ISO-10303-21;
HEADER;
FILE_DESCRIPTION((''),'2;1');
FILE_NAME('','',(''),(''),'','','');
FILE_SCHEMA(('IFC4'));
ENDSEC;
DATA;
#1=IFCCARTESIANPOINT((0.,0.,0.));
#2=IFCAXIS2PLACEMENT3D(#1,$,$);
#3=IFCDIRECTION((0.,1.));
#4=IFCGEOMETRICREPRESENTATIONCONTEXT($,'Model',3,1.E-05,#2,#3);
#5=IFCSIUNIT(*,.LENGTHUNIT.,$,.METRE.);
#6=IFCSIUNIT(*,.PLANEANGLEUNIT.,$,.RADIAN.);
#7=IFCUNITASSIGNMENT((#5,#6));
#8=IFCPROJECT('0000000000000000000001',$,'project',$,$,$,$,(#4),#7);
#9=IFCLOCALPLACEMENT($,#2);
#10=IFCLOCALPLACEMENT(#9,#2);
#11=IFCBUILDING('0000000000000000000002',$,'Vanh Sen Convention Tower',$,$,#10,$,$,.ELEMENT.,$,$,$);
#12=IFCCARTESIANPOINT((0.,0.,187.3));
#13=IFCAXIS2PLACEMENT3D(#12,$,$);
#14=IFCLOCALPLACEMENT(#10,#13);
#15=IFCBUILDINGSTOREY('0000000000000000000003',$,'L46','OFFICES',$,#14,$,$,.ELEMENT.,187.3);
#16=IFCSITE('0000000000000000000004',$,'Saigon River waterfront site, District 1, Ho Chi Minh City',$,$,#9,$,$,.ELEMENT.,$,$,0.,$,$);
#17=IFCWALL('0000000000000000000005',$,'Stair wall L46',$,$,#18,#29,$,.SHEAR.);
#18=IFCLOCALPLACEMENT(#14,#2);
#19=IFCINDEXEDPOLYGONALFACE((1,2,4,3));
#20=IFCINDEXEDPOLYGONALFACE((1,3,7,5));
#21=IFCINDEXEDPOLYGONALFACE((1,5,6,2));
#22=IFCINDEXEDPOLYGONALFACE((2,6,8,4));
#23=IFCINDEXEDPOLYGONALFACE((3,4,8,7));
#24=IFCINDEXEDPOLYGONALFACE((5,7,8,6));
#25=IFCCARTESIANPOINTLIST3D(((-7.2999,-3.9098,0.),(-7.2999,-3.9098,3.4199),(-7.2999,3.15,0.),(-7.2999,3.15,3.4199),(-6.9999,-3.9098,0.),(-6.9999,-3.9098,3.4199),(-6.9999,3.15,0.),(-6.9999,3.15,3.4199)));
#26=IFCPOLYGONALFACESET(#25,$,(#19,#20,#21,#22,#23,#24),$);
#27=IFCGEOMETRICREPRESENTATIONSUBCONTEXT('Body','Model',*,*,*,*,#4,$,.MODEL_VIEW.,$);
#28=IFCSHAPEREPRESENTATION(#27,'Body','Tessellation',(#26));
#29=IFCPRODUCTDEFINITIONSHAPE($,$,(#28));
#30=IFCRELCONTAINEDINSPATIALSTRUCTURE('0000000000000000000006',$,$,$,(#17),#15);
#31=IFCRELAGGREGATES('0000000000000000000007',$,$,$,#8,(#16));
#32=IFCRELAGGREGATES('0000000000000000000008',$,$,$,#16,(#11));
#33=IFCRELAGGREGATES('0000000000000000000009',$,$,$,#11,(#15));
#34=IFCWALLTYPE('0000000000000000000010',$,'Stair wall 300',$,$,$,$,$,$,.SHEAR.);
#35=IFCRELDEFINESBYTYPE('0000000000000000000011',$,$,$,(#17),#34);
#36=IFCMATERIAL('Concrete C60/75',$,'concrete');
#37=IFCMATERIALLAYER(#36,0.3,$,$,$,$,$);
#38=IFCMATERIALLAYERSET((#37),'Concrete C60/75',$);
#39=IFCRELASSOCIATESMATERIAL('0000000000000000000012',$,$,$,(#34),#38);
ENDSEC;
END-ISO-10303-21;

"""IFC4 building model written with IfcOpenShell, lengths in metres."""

from ifc_helpers import new_model, si_unit, direction, frame, frame_2d, origin, place, context, subcontext, project, spatial, rectangle, extrude, material, layer, layer_set, type_object, element, save


model = new_model("IFC4")

# Units and contexts
model_context = context("Model", 3, precision=1e-05, world=origin(), true_north=direction((0.0, 1.0)))
body_context = subcontext(model_context, "Body", "Model", "MODEL_VIEW")
ifc_project = project(units=[si_unit("LENGTHUNIT", "METRE"), si_unit("PLANEANGLEUNIT", "RADIAN")], contexts=[model_context])

# Site, building, storey
site_placement = place(None, origin())
site = spatial("IfcSite", under=ifc_project, at=site_placement, Name="Saigon River waterfront site, District 1, Ho Chi Minh City", CompositionType="ELEMENT", RefElevation=0.0)
building_placement = place(site_placement, origin())
building = spatial("IfcBuilding", under=site, at=building_placement, Name="Vanh Sen Convention Tower", CompositionType="ELEMENT")
storey_placement = place(building_placement, frame((0.0, 0.0, 187.3)))
storey = spatial("IfcBuildingStorey", under=building, at=storey_placement, Name="L46", Description="OFFICES", CompositionType="ELEMENT", Elevation=187.3)

# Shared definitions
ifc_material_1 = material(Name="Concrete C60/75", Category="concrete")

# Shared definitions
ifc_layer_1 = layer(ifc_material_1, 0.3)
ifc_layer_set_1 = layer_set([ifc_layer_1], Name="Concrete C60/75")
wall_type_1 = type_object("IfcWallType", Name="Stair wall 300", PredefinedType="SHEAR", material=ifc_layer_set_1)

# Wall
for number, where, z_axis, x_axis, name in (
    (1, (-7.1499, 3.1499, 0.0), (0.0, 0.0, 1.0), (0.0, -1.0, 0.0), "Stair wall L46"),
):
    element("IfcWall", number, at=place(storey_placement, frame(where, z_axis=z_axis, x_axis=x_axis)), inside=storey, type_object=wall_type_1, Name=name, PredefinedType="SHEAR", context=body_context, shape_type="SweptSolid", body=[
        extrude(rectangle(XDim=7.0598, YDim=0.3, at=frame_2d((3.5298, 0.0))), origin(), (0.0, 0.0, 1.0), 3.4199),
    ])

save(model, "model.ifc")
